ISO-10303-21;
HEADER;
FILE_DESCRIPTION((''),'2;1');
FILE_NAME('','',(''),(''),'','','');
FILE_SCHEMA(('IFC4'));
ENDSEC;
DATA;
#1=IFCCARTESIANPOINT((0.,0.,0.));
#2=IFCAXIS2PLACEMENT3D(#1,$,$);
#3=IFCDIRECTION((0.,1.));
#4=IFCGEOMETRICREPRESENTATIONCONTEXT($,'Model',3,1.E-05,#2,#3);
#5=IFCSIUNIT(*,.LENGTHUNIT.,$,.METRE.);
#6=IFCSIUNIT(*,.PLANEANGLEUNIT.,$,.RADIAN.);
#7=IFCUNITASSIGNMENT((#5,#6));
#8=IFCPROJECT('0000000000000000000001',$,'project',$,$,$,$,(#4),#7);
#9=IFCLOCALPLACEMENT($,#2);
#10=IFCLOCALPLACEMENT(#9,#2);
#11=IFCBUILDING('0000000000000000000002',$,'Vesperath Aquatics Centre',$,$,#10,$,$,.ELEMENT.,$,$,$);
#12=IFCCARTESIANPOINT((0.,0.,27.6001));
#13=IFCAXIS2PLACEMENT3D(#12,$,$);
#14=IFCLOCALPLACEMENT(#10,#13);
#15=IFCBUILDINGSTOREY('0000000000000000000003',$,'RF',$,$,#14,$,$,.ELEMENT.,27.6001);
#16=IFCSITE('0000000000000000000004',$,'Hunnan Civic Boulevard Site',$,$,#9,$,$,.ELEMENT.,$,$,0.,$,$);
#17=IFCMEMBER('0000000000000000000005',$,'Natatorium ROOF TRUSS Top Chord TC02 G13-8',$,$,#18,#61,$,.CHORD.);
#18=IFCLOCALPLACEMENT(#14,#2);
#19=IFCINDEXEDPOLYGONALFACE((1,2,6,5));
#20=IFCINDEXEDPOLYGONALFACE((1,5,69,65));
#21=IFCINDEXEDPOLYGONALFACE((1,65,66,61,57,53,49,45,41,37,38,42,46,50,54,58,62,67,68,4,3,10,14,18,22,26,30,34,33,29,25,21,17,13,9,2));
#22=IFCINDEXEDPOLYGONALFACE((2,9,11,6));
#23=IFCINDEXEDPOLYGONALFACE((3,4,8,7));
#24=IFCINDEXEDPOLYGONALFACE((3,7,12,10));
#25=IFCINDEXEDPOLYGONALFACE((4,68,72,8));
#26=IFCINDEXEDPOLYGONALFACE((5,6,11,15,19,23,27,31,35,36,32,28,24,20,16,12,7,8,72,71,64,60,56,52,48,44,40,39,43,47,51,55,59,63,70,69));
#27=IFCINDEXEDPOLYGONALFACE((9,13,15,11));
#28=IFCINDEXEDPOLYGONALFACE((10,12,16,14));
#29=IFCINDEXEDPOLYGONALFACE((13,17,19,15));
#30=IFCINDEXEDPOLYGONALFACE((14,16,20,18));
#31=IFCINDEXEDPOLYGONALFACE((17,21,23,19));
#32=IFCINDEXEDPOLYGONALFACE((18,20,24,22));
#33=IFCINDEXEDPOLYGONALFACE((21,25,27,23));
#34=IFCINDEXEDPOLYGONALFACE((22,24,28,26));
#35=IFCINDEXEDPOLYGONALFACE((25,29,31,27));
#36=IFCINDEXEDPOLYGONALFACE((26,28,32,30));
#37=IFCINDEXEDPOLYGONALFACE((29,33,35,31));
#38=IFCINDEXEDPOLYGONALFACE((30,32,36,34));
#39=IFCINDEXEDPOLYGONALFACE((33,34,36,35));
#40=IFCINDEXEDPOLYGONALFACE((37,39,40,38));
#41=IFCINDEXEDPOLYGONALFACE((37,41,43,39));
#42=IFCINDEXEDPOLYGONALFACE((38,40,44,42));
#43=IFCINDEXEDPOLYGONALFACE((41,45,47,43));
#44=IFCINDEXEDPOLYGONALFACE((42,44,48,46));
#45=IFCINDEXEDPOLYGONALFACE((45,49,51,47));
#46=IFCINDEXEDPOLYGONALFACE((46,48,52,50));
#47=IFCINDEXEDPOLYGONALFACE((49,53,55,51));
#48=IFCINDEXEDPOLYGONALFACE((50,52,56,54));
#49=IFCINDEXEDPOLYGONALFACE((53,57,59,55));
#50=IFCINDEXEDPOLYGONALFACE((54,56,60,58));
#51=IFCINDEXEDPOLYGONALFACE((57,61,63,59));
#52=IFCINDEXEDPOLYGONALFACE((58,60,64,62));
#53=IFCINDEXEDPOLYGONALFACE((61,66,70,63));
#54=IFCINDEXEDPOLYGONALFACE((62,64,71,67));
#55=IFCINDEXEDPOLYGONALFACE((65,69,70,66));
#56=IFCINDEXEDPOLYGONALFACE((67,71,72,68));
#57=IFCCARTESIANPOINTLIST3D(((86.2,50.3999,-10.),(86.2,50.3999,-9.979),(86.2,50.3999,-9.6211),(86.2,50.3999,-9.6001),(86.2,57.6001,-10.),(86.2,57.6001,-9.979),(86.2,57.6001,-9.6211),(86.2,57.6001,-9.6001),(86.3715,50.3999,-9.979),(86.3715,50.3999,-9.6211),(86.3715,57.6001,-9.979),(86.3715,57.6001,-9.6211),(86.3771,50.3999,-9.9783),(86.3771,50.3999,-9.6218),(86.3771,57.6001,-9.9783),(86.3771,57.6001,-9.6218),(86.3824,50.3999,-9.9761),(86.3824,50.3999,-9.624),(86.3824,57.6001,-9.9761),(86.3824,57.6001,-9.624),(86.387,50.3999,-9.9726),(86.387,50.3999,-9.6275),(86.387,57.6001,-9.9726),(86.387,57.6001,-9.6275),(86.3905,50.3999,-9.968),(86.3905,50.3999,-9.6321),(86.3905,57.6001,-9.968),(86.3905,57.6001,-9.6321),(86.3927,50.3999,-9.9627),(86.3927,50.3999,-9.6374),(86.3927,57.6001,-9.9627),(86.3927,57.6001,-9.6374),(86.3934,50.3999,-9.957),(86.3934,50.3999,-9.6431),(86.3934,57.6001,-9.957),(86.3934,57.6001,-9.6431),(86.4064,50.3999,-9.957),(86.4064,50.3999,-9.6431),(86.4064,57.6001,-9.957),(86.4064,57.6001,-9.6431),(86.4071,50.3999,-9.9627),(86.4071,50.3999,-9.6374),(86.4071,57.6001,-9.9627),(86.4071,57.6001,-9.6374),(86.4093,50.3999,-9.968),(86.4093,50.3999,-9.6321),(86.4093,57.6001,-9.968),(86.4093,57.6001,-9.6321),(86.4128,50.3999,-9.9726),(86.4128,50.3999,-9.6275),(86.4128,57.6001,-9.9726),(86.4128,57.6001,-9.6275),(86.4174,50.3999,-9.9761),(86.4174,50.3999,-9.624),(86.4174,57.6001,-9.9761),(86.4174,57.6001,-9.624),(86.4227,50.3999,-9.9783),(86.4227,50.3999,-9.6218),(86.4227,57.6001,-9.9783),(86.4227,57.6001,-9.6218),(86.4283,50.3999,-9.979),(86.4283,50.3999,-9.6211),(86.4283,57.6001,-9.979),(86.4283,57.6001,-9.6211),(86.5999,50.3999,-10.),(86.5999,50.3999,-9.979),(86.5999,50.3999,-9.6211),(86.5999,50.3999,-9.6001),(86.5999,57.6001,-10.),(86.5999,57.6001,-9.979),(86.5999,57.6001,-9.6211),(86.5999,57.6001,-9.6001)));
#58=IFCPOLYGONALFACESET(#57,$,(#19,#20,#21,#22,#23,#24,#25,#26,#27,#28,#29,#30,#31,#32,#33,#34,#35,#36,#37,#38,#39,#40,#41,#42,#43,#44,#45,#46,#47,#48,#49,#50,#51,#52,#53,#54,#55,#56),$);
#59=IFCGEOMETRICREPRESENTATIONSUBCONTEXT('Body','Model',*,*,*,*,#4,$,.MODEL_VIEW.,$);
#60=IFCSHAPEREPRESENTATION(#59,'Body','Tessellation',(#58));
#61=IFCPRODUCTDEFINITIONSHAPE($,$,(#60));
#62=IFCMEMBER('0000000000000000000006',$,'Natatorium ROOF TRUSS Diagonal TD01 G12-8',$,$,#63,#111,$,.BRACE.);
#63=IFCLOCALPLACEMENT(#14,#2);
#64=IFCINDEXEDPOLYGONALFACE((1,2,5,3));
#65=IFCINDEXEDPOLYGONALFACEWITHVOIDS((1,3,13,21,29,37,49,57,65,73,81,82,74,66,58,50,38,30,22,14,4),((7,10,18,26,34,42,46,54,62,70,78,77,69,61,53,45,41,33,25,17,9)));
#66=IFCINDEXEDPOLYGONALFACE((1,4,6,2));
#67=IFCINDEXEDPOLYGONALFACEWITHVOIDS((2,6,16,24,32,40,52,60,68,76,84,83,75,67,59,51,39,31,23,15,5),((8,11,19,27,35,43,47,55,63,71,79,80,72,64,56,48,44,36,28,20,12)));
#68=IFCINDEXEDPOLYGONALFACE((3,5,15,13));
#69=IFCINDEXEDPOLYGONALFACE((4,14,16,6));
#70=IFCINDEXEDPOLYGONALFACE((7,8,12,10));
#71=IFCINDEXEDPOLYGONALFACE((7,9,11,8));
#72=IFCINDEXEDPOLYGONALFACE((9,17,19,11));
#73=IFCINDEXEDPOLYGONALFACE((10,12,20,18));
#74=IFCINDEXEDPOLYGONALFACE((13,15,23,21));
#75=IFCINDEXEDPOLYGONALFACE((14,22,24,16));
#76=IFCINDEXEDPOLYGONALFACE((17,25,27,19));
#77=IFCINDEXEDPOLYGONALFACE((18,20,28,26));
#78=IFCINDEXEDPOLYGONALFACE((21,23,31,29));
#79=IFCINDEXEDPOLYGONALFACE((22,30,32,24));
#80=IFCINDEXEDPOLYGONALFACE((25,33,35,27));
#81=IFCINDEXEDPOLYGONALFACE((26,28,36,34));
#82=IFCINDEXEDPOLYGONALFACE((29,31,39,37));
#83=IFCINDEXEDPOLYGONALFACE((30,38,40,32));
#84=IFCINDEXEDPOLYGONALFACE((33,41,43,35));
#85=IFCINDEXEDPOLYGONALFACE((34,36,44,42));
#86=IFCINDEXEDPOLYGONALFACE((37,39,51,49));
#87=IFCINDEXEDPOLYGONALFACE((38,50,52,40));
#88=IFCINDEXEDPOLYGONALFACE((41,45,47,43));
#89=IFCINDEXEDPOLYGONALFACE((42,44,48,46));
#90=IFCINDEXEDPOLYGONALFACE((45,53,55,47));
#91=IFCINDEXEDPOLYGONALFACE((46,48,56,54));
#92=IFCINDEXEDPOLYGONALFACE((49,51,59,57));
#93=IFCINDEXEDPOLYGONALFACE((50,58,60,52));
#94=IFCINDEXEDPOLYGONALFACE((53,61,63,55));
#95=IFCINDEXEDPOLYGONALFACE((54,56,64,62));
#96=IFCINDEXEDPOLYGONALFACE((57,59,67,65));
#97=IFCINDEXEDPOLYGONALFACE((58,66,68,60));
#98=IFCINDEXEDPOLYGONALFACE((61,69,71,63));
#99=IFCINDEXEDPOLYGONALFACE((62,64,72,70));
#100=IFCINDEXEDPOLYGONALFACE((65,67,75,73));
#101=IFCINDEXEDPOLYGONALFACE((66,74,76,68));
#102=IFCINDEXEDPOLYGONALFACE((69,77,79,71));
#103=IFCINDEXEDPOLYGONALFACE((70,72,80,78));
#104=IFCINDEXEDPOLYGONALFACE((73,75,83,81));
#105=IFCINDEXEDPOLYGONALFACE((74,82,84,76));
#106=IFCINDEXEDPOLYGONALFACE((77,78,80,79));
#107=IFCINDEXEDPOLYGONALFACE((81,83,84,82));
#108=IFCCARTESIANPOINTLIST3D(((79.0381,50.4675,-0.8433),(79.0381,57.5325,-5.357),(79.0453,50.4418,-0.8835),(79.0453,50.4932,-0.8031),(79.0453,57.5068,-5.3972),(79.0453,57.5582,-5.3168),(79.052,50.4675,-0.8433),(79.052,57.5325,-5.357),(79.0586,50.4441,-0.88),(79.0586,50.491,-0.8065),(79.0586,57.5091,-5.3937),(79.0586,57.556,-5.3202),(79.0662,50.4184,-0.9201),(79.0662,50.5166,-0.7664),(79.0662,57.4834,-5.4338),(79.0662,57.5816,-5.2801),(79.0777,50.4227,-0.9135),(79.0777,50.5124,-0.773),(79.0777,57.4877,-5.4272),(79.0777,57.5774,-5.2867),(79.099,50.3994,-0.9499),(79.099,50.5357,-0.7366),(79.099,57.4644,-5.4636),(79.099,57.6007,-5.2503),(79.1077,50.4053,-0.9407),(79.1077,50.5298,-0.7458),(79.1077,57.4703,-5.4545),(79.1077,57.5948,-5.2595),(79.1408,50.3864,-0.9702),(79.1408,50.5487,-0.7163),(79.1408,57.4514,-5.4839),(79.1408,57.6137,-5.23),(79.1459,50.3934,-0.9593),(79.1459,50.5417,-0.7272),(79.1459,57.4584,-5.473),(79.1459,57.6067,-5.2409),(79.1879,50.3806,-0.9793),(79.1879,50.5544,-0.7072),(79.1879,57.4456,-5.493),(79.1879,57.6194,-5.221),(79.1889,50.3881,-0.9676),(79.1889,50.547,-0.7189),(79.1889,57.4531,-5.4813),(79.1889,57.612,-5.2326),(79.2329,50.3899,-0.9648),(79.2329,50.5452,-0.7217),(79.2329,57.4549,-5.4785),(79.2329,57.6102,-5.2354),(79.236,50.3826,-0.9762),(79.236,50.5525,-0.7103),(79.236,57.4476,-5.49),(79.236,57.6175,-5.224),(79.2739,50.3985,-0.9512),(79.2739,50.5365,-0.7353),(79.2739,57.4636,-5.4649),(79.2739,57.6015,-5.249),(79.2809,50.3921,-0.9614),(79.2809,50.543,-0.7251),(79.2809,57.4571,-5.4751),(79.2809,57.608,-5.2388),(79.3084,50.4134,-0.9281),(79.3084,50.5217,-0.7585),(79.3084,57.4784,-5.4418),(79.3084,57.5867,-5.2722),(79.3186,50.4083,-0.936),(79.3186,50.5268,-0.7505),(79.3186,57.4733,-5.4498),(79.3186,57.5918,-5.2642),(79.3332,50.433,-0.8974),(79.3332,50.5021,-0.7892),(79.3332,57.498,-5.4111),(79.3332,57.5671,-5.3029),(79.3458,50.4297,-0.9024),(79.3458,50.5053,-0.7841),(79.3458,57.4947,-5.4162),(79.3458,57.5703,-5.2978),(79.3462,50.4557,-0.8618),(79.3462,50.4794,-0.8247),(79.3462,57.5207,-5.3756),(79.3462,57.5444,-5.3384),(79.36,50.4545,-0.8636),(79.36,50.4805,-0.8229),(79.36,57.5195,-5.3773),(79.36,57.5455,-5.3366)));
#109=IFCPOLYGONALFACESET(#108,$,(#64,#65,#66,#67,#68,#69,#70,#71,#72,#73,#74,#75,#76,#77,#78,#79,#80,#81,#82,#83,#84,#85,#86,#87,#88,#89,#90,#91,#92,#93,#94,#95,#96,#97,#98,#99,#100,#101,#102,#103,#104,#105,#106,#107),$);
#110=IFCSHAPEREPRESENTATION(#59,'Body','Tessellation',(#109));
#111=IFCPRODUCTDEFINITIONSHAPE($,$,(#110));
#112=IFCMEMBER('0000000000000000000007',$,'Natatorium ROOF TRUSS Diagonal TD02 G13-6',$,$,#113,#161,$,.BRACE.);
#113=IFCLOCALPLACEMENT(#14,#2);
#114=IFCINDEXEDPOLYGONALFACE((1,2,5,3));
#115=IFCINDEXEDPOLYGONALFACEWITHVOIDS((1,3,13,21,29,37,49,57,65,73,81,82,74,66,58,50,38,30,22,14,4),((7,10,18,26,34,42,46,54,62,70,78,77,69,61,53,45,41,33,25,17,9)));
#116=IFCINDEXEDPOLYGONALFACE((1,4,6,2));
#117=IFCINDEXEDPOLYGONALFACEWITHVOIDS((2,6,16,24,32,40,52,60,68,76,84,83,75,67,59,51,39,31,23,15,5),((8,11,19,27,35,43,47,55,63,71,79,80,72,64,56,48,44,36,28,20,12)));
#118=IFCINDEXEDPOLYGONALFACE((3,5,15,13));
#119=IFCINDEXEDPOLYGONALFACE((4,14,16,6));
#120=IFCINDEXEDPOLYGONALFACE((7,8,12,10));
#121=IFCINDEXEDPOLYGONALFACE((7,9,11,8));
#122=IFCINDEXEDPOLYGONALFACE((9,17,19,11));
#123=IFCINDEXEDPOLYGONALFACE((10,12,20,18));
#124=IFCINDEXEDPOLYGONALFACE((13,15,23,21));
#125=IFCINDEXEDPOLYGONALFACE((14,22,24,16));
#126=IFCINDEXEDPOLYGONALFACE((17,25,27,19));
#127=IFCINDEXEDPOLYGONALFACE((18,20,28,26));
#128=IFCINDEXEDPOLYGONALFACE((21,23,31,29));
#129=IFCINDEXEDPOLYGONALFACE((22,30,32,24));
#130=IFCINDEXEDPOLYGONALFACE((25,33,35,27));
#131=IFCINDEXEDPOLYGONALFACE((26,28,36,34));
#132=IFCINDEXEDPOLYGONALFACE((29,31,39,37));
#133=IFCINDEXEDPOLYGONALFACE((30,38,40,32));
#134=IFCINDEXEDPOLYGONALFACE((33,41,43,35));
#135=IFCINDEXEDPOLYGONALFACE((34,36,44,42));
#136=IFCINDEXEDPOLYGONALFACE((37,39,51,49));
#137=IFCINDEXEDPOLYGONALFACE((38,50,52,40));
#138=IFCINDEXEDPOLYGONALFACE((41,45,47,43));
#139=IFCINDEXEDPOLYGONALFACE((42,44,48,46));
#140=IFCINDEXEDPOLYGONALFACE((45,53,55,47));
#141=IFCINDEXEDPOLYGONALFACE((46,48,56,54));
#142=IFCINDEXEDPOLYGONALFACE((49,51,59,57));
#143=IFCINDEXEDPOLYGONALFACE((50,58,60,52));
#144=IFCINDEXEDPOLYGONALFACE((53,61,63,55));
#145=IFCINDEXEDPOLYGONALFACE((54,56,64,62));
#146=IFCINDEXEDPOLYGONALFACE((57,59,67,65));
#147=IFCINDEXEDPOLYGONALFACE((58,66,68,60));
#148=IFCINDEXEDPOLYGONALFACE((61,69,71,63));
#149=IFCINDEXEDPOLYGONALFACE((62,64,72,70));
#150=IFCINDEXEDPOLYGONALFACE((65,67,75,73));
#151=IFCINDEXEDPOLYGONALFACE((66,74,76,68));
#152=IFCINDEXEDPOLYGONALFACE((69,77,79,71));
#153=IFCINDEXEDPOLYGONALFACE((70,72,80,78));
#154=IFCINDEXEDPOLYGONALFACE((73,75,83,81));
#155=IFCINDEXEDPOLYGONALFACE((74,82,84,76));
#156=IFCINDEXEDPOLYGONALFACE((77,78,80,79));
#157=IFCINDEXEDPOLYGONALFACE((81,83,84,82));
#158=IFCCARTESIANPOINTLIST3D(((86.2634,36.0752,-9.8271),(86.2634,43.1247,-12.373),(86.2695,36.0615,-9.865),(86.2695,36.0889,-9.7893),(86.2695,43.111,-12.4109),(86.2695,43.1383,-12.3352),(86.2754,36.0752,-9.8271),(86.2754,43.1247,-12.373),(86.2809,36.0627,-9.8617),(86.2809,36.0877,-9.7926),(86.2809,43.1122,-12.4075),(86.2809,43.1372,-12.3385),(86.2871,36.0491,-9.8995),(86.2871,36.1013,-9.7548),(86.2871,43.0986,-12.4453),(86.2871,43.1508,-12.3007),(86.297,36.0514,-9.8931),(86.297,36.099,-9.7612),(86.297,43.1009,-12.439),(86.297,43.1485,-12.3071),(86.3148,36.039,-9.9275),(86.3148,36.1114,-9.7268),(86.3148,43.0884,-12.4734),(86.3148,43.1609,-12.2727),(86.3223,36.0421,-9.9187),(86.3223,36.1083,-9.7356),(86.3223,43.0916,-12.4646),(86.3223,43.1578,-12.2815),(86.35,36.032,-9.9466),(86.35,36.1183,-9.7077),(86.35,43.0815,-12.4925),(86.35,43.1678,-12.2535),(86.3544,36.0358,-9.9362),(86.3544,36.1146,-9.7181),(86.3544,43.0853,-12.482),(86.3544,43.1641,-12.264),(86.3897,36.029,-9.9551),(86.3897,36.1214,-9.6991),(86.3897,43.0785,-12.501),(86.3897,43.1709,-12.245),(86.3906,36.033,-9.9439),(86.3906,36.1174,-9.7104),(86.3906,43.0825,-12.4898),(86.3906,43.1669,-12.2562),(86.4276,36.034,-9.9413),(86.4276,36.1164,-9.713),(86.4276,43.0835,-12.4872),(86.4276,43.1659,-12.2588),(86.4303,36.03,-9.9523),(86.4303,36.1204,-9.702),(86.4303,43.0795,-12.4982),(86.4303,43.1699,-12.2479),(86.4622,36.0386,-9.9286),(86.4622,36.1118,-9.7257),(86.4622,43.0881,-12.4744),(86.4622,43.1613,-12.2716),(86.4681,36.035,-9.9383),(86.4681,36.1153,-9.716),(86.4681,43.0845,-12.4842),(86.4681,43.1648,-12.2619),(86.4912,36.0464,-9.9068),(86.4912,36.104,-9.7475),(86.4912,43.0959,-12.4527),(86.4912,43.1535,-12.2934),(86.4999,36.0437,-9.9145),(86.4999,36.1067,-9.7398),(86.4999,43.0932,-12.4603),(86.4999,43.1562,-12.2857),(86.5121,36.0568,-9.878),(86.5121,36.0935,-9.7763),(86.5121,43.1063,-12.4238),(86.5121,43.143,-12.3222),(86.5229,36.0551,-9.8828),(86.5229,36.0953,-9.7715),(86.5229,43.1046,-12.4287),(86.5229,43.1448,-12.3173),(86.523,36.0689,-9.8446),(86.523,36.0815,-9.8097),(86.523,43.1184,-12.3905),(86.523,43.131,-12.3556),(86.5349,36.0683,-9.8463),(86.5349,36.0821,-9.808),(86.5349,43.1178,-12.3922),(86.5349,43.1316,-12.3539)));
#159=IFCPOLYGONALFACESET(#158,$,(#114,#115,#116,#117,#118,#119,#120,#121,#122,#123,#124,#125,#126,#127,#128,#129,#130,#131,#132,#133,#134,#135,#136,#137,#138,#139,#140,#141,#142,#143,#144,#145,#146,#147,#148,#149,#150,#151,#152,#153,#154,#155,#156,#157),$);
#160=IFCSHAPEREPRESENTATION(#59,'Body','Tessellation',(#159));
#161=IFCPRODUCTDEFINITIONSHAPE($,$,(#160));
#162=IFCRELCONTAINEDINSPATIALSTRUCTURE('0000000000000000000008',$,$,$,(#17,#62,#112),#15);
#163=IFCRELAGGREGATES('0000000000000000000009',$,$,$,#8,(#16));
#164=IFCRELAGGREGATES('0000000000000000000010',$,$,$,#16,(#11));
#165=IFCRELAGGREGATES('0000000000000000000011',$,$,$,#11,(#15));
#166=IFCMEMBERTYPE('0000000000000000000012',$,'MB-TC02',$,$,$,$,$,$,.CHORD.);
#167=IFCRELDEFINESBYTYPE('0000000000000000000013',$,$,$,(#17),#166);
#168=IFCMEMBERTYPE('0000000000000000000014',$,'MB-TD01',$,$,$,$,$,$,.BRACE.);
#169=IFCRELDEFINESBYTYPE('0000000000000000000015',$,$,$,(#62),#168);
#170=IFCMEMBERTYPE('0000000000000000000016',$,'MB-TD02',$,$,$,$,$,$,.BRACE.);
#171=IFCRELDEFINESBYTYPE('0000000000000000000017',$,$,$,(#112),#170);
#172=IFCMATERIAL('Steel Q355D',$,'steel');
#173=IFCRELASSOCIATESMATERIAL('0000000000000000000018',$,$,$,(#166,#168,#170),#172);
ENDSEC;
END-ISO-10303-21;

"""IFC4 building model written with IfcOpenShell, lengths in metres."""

from ifc_helpers import new_model, si_unit, direction, frame, origin, origin_2d, place, context, subcontext, project, spatial, hollow_circle, i_section, extrude, material, material_profile, profile_set, type_object, element, save


model = new_model("IFC4")

# Units and contexts
model_context = context("Model", 3, precision=1e-05, world=origin(), true_north=direction((0.0, 1.0)))
body_context = subcontext(model_context, "Body", "Model", "MODEL_VIEW")
ifc_project = project(units=[si_unit("LENGTHUNIT", "METRE"), si_unit("PLANEANGLEUNIT", "RADIAN")], contexts=[model_context])

# Site, building, storey
site_placement = place(None, origin())
site = spatial("IfcSite", under=ifc_project, at=site_placement, Name="Hunnan Civic Boulevard Site", CompositionType="ELEMENT", RefElevation=0.0)
building_placement = place(site_placement, origin())
building = spatial("IfcBuilding", under=site, at=building_placement, Name="Vesperath Aquatics Centre", CompositionType="ELEMENT")
storey_placement = place(building_placement, frame((0.0, 0.0, 27.6001)))
storey = spatial("IfcBuildingStorey", under=building, at=storey_placement, Name="RF", CompositionType="ELEMENT", Elevation=27.6001)

# Members
ifc_material_1 = material(Name="Steel Q355D", Category="steel")
ifc_material_profile_1 = material_profile(ifc_material_1, i_section(OverallWidth=0.3999, OverallDepth=0.3999, WebThickness=0.0129, FlangeThickness=0.021, FilletRadius=0.022, at=origin_2d()), Name="HW 400x400x13x21")
ifc_profile_set_1 = profile_set([ifc_material_profile_1], Name="Steel Q355D")
member_type_1 = type_object("IfcMemberType", Name="MB-TC02", PredefinedType="CHORD", material=ifc_profile_set_1)
member_1_placement = place(storey_placement, frame((86.3999, 50.3999, -9.8), z_axis=(0.0, 1.0, 0.0), x_axis=(-1.0, 0.0, 0.0)))
element("IfcMember", 1, at=member_1_placement, inside=storey, type_object=member_type_1, Name="Natatorium ROOF TRUSS Top Chord TC02 G13-8", PredefinedType="CHORD", context=body_context, shape_type="SweptSolid", body=[
    extrude(i_section(OverallWidth=0.3999, OverallDepth=0.3999, WebThickness=0.0129, FlangeThickness=0.021, FilletRadius=0.022, at=origin_2d()), origin(), (0.0, 0.0, 1.0), 7.2002),
])
ifc_material_profile_2 = material_profile(ifc_material_1, hollow_circle(Radius=0.1619, WallThickness=0.0139, at=origin_2d()), Name="CHS 323.9x14")
ifc_profile_set_2 = profile_set([ifc_material_profile_2], Name="Steel Q355D")
member_type_2 = type_object("IfcMemberType", Name="MB-TD01", PredefinedType="BRACE", material=ifc_profile_set_2)
member_2_placement = place(storey_placement, frame((79.2, 50.4675, -0.8433), z_axis=(0.0, 0.842698, -0.538386), x_axis=(-1.0, 0.0, 0.0)))
element("IfcMember", 2, at=member_2_placement, inside=storey, type_object=member_type_2, Name="Natatorium ROOF TRUSS Diagonal TD01 G12-8", PredefinedType="BRACE", context=body_context, shape_type="SweptSolid", body=[
    extrude(hollow_circle(Radius=0.1619, WallThickness=0.0139, at=origin_2d()), origin(), (0.0, 0.0, 1.0), 8.3838),
])
ifc_material_profile_3 = material_profile(ifc_material_1, hollow_circle(Radius=0.1365, WallThickness=0.012, at=origin_2d()), Name="CHS 273.0x12")
ifc_profile_set_3 = profile_set([ifc_material_profile_3], Name="Steel Q355D")
member_type_3 = type_object("IfcMemberType", Name="MB-TD02", PredefinedType="BRACE", material=ifc_profile_set_3)
for number, where, z_axis, x_axis, name in (
    (3, (86.3999, 36.0752, -9.8271), (0.0, 0.940544, -0.339671), (-1.0, 0.0, 0.0), "Natatorium ROOF TRUSS Diagonal TD02 G13-6"),
):
    element("IfcMember", number, at=place(storey_placement, frame(where, z_axis=z_axis, x_axis=x_axis)), inside=storey, type_object=member_type_3, Name=name, PredefinedType="BRACE", context=body_context, shape_type="SweptSolid", body=[
        extrude(hollow_circle(Radius=0.1365, WallThickness=0.012, at=origin_2d()), origin(), (0.0, 0.0, 1.0), 7.4951),
    ])

save(model, "model.ifc")
